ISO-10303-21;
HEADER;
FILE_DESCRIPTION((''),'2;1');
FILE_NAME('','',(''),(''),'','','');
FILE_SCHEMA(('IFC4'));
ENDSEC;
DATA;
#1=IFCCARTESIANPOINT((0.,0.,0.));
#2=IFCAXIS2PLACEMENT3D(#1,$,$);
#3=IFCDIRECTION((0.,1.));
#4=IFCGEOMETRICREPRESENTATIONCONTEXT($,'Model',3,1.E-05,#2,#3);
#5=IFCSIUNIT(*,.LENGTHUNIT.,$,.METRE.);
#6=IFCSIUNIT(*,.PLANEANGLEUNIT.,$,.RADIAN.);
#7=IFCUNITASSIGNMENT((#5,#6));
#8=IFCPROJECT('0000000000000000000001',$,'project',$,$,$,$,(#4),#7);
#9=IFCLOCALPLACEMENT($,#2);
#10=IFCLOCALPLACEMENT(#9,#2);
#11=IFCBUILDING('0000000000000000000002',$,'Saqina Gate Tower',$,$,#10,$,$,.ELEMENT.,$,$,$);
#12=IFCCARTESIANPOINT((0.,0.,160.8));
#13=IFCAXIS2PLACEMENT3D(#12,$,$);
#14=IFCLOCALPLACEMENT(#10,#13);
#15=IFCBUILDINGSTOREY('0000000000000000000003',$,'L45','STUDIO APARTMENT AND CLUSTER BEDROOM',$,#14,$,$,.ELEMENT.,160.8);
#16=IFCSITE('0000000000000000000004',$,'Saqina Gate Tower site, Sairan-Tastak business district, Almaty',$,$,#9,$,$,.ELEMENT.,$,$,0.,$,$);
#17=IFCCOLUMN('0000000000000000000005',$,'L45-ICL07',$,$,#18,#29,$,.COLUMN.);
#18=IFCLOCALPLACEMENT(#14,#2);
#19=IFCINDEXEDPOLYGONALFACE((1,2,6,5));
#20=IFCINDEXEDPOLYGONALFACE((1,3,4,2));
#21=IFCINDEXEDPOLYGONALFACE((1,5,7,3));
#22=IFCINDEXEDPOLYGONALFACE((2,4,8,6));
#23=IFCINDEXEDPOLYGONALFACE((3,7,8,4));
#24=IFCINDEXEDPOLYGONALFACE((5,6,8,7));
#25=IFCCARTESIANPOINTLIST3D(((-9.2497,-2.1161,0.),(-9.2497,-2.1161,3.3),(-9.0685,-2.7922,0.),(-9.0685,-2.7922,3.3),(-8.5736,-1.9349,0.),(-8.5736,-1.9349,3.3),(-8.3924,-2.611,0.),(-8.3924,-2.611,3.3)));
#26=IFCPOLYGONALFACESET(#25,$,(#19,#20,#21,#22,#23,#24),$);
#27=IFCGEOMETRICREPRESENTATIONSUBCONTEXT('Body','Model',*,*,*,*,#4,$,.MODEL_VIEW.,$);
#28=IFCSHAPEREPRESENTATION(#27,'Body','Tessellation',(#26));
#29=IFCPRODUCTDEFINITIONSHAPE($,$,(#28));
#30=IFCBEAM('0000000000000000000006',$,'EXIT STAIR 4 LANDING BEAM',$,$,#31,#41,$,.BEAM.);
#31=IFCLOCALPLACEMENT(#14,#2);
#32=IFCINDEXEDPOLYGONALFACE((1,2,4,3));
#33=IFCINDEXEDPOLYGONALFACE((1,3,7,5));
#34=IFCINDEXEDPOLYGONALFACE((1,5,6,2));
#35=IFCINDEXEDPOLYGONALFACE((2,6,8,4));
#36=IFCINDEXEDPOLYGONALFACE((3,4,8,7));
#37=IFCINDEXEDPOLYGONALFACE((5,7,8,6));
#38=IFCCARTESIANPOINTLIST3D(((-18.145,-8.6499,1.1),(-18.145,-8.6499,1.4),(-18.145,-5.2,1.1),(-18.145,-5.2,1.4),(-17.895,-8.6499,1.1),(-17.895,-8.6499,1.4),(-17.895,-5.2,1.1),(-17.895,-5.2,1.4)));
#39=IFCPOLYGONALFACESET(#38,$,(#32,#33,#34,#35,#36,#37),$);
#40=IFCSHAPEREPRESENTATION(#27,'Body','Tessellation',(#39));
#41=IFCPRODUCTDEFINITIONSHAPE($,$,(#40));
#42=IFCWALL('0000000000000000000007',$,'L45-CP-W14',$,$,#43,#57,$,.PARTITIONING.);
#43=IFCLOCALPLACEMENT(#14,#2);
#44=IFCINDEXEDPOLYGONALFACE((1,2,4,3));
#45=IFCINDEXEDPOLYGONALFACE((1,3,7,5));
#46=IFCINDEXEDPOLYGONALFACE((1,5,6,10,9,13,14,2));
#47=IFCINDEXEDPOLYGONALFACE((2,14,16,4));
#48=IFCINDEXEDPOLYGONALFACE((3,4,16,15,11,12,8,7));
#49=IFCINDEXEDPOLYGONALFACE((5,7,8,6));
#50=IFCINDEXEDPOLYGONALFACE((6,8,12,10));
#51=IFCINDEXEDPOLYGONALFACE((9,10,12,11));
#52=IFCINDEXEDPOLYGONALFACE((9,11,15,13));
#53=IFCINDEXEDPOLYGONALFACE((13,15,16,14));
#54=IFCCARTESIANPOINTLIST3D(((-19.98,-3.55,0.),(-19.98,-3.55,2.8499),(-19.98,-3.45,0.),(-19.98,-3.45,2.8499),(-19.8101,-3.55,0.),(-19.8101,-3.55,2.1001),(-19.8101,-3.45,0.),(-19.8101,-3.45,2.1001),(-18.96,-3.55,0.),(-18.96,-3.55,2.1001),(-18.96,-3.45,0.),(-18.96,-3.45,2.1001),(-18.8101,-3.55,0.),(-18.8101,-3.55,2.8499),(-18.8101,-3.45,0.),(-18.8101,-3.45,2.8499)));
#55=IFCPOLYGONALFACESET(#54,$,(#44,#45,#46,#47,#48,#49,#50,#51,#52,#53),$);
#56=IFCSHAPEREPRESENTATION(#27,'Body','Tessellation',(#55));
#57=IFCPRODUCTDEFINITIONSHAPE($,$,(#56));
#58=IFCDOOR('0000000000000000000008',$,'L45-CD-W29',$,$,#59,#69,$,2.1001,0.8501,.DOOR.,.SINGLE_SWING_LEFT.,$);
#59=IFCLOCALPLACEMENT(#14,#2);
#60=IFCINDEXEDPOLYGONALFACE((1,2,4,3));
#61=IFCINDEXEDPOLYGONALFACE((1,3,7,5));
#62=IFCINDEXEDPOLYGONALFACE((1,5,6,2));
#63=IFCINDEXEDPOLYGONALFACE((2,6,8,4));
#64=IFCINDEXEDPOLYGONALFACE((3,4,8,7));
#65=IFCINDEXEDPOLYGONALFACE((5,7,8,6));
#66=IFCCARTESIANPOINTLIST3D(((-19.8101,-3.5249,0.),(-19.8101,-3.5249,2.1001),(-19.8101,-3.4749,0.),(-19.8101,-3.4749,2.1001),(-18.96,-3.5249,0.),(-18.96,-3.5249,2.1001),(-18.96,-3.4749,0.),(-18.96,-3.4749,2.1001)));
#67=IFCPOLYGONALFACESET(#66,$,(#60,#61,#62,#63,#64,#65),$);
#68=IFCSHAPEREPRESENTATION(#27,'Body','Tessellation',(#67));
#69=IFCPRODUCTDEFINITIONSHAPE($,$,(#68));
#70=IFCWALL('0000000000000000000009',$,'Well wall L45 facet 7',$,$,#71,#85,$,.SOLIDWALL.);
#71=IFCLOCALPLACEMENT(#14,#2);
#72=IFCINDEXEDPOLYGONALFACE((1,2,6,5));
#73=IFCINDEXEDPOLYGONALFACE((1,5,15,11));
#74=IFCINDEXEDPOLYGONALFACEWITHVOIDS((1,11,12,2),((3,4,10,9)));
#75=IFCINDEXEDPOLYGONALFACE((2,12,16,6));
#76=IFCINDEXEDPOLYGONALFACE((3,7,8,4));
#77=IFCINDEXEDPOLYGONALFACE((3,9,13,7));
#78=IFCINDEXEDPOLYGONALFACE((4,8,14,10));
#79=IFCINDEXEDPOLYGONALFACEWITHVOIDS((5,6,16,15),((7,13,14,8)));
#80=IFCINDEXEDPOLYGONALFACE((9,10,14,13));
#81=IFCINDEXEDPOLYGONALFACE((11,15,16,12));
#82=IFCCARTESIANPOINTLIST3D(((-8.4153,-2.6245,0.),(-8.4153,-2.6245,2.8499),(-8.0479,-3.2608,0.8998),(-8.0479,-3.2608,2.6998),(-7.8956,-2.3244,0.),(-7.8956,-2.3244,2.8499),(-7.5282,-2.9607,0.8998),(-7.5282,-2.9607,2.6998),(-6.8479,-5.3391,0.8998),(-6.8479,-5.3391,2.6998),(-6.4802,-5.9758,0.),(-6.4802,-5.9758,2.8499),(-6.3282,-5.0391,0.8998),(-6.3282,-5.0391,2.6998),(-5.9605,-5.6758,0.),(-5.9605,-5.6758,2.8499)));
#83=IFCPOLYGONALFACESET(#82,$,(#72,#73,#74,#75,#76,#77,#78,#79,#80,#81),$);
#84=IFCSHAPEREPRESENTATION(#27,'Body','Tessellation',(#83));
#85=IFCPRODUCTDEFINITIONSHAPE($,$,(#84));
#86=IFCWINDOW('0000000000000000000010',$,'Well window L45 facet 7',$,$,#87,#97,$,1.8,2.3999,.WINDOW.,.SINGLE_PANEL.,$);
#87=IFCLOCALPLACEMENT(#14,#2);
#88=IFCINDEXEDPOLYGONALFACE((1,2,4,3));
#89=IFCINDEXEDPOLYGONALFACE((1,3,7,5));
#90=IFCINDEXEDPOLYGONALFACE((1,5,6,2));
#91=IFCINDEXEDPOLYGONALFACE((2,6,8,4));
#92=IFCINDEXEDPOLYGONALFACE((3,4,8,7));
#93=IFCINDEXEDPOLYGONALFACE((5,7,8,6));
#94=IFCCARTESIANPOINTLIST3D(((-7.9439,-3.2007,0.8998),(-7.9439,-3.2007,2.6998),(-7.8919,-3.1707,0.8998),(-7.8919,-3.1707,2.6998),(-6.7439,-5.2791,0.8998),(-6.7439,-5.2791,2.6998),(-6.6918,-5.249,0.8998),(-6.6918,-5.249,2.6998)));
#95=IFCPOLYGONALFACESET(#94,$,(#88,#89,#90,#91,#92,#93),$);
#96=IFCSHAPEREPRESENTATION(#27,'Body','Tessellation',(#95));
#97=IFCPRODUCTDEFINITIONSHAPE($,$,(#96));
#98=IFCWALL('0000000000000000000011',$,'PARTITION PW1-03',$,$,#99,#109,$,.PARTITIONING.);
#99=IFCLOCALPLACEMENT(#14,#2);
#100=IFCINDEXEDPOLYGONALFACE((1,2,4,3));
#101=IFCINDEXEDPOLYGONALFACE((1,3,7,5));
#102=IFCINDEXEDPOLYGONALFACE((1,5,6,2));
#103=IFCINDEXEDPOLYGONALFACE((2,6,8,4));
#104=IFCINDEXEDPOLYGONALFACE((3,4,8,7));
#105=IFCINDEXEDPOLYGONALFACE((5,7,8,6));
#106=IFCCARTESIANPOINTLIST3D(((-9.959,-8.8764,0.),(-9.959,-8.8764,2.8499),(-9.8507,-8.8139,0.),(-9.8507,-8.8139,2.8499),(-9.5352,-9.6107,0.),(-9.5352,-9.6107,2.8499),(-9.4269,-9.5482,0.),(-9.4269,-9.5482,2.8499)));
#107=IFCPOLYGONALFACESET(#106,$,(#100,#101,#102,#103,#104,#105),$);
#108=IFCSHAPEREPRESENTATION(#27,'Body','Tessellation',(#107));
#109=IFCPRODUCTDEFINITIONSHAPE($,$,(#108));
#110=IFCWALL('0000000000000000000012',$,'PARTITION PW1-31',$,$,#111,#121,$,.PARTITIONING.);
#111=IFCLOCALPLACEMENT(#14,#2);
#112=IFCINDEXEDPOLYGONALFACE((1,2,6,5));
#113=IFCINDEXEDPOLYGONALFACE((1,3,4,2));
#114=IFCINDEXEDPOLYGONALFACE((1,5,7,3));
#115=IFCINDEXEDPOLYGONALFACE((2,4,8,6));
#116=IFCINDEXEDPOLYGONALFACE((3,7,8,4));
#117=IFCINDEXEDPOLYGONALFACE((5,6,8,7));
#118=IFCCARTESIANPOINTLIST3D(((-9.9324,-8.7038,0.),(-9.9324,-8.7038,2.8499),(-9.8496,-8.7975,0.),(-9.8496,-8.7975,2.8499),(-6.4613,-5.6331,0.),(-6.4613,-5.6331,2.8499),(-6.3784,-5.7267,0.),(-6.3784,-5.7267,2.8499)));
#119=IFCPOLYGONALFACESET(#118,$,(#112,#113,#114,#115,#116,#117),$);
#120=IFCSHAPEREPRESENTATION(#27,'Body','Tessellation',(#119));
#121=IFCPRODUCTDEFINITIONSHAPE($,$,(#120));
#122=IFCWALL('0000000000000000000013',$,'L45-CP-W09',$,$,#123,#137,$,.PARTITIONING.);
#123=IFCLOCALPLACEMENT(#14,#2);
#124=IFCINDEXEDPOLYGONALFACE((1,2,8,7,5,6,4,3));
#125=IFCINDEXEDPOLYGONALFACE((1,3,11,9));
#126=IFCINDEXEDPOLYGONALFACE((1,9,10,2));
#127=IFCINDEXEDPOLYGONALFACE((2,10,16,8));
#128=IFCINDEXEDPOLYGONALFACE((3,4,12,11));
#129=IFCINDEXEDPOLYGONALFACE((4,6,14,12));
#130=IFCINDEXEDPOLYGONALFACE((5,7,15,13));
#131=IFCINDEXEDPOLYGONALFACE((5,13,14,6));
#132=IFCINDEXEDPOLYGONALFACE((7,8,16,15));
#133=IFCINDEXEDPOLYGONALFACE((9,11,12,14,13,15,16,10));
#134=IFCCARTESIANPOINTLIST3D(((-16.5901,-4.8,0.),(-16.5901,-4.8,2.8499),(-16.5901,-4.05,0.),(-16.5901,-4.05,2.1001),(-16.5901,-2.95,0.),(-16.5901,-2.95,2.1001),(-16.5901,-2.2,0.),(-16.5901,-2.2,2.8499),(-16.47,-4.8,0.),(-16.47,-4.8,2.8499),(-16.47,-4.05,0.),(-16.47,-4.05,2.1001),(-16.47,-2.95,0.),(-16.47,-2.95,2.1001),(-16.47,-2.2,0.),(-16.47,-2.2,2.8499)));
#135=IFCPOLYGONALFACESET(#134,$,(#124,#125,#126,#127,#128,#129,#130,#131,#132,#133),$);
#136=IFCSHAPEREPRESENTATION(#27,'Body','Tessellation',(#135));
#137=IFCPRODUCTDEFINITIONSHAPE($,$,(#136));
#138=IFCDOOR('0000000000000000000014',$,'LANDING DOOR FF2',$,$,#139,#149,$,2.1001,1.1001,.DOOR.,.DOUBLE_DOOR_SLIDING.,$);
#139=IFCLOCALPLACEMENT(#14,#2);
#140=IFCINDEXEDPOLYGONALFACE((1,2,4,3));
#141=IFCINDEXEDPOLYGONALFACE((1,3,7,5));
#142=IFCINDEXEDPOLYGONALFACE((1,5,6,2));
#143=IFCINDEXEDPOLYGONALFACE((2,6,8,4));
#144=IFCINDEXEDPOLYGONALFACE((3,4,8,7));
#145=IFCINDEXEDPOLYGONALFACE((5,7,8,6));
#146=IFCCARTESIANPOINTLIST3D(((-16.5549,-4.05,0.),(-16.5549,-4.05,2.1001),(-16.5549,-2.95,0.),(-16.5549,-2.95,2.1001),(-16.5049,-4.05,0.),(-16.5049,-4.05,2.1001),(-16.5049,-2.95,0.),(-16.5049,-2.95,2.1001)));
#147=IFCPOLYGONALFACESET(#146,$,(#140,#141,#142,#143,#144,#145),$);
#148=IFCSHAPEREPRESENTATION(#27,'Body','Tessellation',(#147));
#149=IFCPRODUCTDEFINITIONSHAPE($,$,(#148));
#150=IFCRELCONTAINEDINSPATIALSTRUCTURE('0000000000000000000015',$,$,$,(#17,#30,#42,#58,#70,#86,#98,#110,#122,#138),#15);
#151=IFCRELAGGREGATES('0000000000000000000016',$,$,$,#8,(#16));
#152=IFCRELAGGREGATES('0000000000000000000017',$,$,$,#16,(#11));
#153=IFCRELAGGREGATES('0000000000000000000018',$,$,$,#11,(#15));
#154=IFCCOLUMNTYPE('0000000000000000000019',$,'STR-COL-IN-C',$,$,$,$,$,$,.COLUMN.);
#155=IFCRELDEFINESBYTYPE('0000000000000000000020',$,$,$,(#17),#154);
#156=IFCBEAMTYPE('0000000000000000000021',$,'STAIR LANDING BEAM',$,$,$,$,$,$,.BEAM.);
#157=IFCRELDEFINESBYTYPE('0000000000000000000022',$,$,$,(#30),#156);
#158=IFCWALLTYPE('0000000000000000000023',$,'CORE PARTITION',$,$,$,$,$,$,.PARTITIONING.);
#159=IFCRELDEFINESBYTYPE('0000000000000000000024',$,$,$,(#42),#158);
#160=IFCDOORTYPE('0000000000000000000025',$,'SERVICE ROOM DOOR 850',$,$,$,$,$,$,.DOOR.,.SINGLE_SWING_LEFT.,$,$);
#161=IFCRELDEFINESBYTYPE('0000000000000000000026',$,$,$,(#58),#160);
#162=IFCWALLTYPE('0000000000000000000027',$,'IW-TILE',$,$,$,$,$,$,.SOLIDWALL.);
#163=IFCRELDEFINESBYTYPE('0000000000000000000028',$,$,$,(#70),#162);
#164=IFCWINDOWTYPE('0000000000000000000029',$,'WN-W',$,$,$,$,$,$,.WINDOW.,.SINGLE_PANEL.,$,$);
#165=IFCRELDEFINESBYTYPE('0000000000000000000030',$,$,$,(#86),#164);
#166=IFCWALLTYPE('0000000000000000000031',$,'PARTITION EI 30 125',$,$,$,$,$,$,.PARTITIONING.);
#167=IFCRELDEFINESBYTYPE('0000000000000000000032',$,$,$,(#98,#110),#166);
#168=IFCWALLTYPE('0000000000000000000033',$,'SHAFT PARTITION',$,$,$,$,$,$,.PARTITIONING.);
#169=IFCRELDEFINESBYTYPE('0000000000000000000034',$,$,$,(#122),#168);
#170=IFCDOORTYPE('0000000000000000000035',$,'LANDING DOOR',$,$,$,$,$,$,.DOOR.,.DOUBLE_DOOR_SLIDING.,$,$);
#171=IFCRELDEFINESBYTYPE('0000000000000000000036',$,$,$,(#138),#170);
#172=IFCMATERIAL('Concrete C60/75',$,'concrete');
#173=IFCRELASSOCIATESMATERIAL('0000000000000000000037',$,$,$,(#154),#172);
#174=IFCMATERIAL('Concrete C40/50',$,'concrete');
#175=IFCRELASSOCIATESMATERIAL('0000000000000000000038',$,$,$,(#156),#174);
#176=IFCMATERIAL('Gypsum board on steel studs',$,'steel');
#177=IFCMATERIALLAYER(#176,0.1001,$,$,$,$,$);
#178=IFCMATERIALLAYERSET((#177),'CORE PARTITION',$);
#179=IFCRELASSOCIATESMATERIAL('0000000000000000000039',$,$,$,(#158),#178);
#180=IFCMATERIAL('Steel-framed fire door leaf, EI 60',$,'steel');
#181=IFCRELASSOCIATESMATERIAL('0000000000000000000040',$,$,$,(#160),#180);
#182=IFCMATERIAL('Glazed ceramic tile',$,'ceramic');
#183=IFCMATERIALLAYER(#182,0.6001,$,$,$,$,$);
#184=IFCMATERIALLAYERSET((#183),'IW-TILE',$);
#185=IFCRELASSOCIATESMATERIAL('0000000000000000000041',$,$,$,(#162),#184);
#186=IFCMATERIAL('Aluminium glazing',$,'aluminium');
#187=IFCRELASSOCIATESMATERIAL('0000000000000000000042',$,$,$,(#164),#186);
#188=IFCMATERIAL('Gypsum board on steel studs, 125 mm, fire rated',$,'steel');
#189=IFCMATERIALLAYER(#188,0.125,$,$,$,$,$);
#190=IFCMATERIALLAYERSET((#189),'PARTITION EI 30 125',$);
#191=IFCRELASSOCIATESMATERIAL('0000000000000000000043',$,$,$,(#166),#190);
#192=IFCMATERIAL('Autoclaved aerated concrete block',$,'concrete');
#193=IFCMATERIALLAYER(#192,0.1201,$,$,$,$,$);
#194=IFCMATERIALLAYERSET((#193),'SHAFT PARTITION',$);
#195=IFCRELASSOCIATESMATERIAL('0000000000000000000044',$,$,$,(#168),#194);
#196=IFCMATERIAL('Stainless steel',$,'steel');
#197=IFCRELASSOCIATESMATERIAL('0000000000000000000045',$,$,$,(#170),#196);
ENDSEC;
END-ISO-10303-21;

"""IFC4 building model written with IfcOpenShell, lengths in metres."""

from ifc_helpers import new_model, si_unit, direction, frame, frame_2d, origin, origin_2d, place, context, subcontext, project, spatial, rectangle, extrude, material, layer, layer_set, material_profile, profile_set, type_object, element, fill, save


model = new_model("IFC4")

# Units and contexts
model_context = context("Model", 3, precision=1e-05, world=origin(), true_north=direction((0.0, 1.0)))
body_context = subcontext(model_context, "Body", "Model", "MODEL_VIEW")
ifc_project = project(units=[si_unit("LENGTHUNIT", "METRE"), si_unit("PLANEANGLEUNIT", "RADIAN")], contexts=[model_context])

# Site, building, storey
site_placement = place(None, origin())
site = spatial("IfcSite", under=ifc_project, at=site_placement, Name="Saqina Gate Tower site, Sairan-Tastak business district, Almaty", CompositionType="ELEMENT", RefElevation=0.0)
building_placement = place(site_placement, origin())
building = spatial("IfcBuilding", under=site, at=building_placement, Name="Saqina Gate Tower", CompositionType="ELEMENT")
storey_placement = place(building_placement, frame((0.0, 0.0, 160.8)))
storey = spatial("IfcBuildingStorey", under=building, at=storey_placement, Name="L45", Description="STUDIO APARTMENT AND CLUSTER BEDROOM", CompositionType="ELEMENT", Elevation=160.8)

# Column
ifc_material_1 = material(Name="Concrete C60/75", Category="concrete")
ifc_material_profile_1 = material_profile(ifc_material_1, rectangle(XDim=0.7, YDim=0.7, at=origin_2d()), Name="RC 700x700")
ifc_profile_set_1 = profile_set([ifc_material_profile_1], Name="Concrete C60/75")
column_type = type_object("IfcColumnType", Name="STR-COL-IN-C", PredefinedType="COLUMN", material=ifc_profile_set_1)
column_placement = place(storey_placement, frame((-8.821, -2.3635, 0.0), z_axis=(0.0, 0.0, 1.0), x_axis=(-0.965926, -0.258819, 0.0)))
element("IfcColumn", 1, at=column_placement, inside=storey, type_object=column_type, Name="L45-ICL07", PredefinedType="COLUMN", context=body_context, shape_type="SweptSolid", body=[
    extrude(rectangle(XDim=0.7, YDim=0.7, at=origin_2d()), origin(), (0.0, 0.0, 1.0), 3.3),
])

# Beam
ifc_material_2 = material(Name="Concrete C40/50", Category="concrete")
ifc_material_profile_2 = material_profile(ifc_material_2, rectangle(XDim=0.25, YDim=0.3, at=origin_2d()), Name="STAIR LANDING BEAM")
ifc_profile_set_2 = profile_set([ifc_material_profile_2], Name="Concrete C40/50")
beam_type = type_object("IfcBeamType", Name="STAIR LANDING BEAM", PredefinedType="BEAM", material=ifc_profile_set_2)
beam_placement = place(storey_placement, frame((-18.02, -8.6499, 1.25), z_axis=(0.0, 1.0, 0.0), x_axis=(-1.0, 0.0, 0.0)))
element("IfcBeam", 2, at=beam_placement, inside=storey, type_object=beam_type, Name="EXIT STAIR 4 LANDING BEAM", PredefinedType="BEAM", context=body_context, shape_type="SweptSolid", body=[
    extrude(rectangle(XDim=0.25, YDim=0.3, at=origin_2d()), origin(), (0.0, 0.0, 1.0), 3.45),
])

# Wall, opening, door
ifc_material_3 = material(Name="Gypsum board on steel studs", Category="steel")
ifc_layer_1 = layer(ifc_material_3, 0.1001)
ifc_layer_set_1 = layer_set([ifc_layer_1], Name="CORE PARTITION")
wall_type_1 = type_object("IfcWallType", Name="CORE PARTITION", PredefinedType="PARTITIONING", material=ifc_layer_set_1)
wall_1_placement = place(storey_placement, frame((-18.8101, -3.5, 0.0), z_axis=(0.0, 0.0, 1.0), x_axis=(-1.0, 0.0, 0.0)))
wall_1 = element("IfcWall", 3, at=wall_1_placement, inside=storey, type_object=wall_type_1, Name="L45-CP-W14", PredefinedType="PARTITIONING", context=body_context, shape_type="SweptSolid", body=[
    extrude(rectangle(XDim=1.1699, YDim=0.1001, at=frame_2d((0.585, 0.0))), origin(), (0.0, 0.0, 1.0), 2.8499),
])
opening_1_placement = place(wall_1_placement, frame((0.1499, 0.0, 0.0)))
opening_1 = element("IfcOpeningElement", 4, at=opening_1_placement, cuts=wall_1, PredefinedType="OPENING", context=body_context, shape_type="SweptSolid", body=[
    extrude(rectangle(XDim=0.8501, YDim=2.1001, at=frame_2d((0.425, 1.05))), frame((0.0, 0.062, 0.0), z_axis=(0.0, -1.0, 0.0), x_axis=(1.0, 0.0, 0.0)), (0.0, 0.0, 1.0), 0.124),
])
ifc_material_4 = material(Name="Steel-framed fire door leaf, EI 60", Category="steel")
door_type_1 = type_object("IfcDoorType", Name="SERVICE ROOM DOOR 850", OperationType="SINGLE_SWING_LEFT", PredefinedType="DOOR", material=ifc_material_4)
door_1_placement = place(opening_1_placement, origin())
door_1 = element("IfcDoor", 5, at=door_1_placement, inside=storey, type_object=door_type_1, Name="L45-CD-W29", OperationType="SINGLE_SWING_LEFT", OverallHeight=2.1001, OverallWidth=0.8501, PredefinedType="DOOR", context=body_context, shape_type="SweptSolid", body=[
    extrude(rectangle(XDim=0.8501, YDim=2.1001, at=frame_2d((0.425, 1.05))), frame((0.0, 0.0249, 0.0), z_axis=(0.0, -1.0, 0.0), x_axis=(1.0, 0.0, 0.0)), (0.0, 0.0, 1.0), 0.05),
])
fill(opening_1, door_1)

# Wall, opening, window
ifc_material_5 = material(Name="Glazed ceramic tile", Category="ceramic")
ifc_layer_2 = layer(ifc_material_5, 0.6001)
ifc_layer_set_2 = layer_set([ifc_layer_2], Name="IW-TILE")
wall_type_2 = type_object("IfcWallType", Name="IW-TILE", PredefinedType="SOLIDWALL", material=ifc_layer_set_2)
wall_2_placement = place(storey_placement, frame((-8.1555, -2.4744, 0.0), z_axis=(0.0, 0.0, 1.0), x_axis=(0.500034, -0.866006, 0.0)))
wall_2 = element("IfcWall", 6, at=wall_2_placement, inside=storey, type_object=wall_type_2, Name="Well wall L45 facet 7", PredefinedType="SOLIDWALL", context=body_context, shape_type="SweptSolid", body=[
    extrude(rectangle(XDim=3.8699, YDim=0.6001, at=frame_2d((1.9351, 0.0))), origin(), (0.0, 0.0, 1.0), 2.8499),
])
opening_2_placement = place(wall_2_placement, frame((0.7349, 0.0, 0.8999)))
opening_2 = element("IfcOpeningElement", 7, at=opening_2_placement, cuts=wall_2, PredefinedType="OPENING", context=body_context, shape_type="SweptSolid", body=[
    extrude(rectangle(XDim=2.3999, YDim=1.8, at=frame_2d((1.2, 0.8999))), frame((0.0, 0.312, 0.0), z_axis=(0.0, -1.0, 0.0), x_axis=(1.0, 0.0, 0.0)), (0.0, 0.0, 1.0), 0.624),
])
ifc_material_6 = material(Name="Aluminium glazing", Category="aluminium")
window_type = type_object("IfcWindowType", Name="WN-W", PartitioningType="SINGLE_PANEL", PredefinedType="WINDOW", material=ifc_material_6)
window_placement = place(opening_2_placement, origin())
window = element("IfcWindow", 8, at=window_placement, inside=storey, type_object=window_type, Name="Well window L45 facet 7", OverallHeight=1.8, OverallWidth=2.3999, PartitioningType="SINGLE_PANEL", PredefinedType="WINDOW", context=body_context, shape_type="SweptSolid", body=[
    extrude(rectangle(XDim=2.3999, YDim=1.8, at=frame_2d((1.2, 0.8999))), frame((0.0, -0.1199, 0.0), z_axis=(0.0, -1.0, 0.0), x_axis=(1.0, 0.0, 0.0)), (0.0, 0.0, 1.0), 0.0601),
])
fill(opening_2, window)

# Walls
ifc_material_7 = material(Name="Gypsum board on steel studs, 125 mm, fire rated", Category="steel")
ifc_layer_3 = layer(ifc_material_7, 0.125)
ifc_layer_set_3 = layer_set([ifc_layer_3], Name="PARTITION EI 30 125")
wall_type_3 = type_object("IfcWallType", Name="PARTITION EI 30 125", PredefinedType="PARTITIONING", material=ifc_layer_set_3)
wall_3_placement = place(storey_placement, frame((-9.9048, -8.8452, 0.0), z_axis=(0.0, 0.0, 1.0), x_axis=(0.499855, -0.866109, 0.0)))
element("IfcWall", 9, at=wall_3_placement, inside=storey, type_object=wall_type_3, Name="PARTITION PW1-03", PredefinedType="PARTITIONING", context=body_context, shape_type="SweptSolid", body=[
    extrude(rectangle(XDim=0.8479, YDim=0.125, at=frame_2d((0.4238, 0.0))), origin(), (0.0, 0.0, 1.0), 2.8499),
])
wall_4_placement = place(storey_placement, frame((-9.8911, -8.7507, 0.0), z_axis=(0.0, 0.0, 1.0), x_axis=(0.748982, 0.66259, 0.0)))
element("IfcWall", 10, at=wall_4_placement, inside=storey, type_object=wall_type_3, Name="PARTITION PW1-31", PredefinedType="PARTITIONING", context=body_context, shape_type="SweptSolid", body=[
    extrude(rectangle(XDim=4.6345, YDim=0.125, at=frame_2d((2.3174, 0.0))), origin(), (0.0, 0.0, 1.0), 2.8499),
])

# Wall, opening, door
ifc_material_8 = material(Name="Autoclaved aerated concrete block", Category="concrete")
ifc_layer_4 = layer(ifc_material_8, 0.1201)
ifc_layer_set_4 = layer_set([ifc_layer_4], Name="SHAFT PARTITION")
wall_type_4 = type_object("IfcWallType", Name="SHAFT PARTITION", PredefinedType="PARTITIONING", material=ifc_layer_set_4)
wall_5_placement = place(storey_placement, frame((-16.53, -4.8, 0.0), z_axis=(0.0, 0.0, 1.0), x_axis=(0.0, 1.0, 0.0)))
wall_5 = element("IfcWall", 11, at=wall_5_placement, inside=storey, type_object=wall_type_4, Name="L45-CP-W09", PredefinedType="PARTITIONING", context=body_context, shape_type="SweptSolid", body=[
    extrude(rectangle(XDim=2.6001, YDim=0.1201, at=frame_2d((1.3, 0.0))), origin(), (0.0, 0.0, 1.0), 2.8499),
])
opening_3_placement = place(wall_5_placement, frame((0.75, 0.0, 0.0)))
opening_3 = element("IfcOpeningElement", 12, at=opening_3_placement, cuts=wall_5, PredefinedType="OPENING", context=body_context, shape_type="SweptSolid", body=[
    extrude(rectangle(XDim=1.1001, YDim=2.1001, at=frame_2d((0.55, 1.05))), frame((0.0, 0.072, 0.0), z_axis=(0.0, -1.0, 0.0), x_axis=(1.0, 0.0, 0.0)), (0.0, 0.0, 1.0), 0.144),
])
ifc_material_9 = material(Name="Stainless steel", Category="steel")
door_type_2 = type_object("IfcDoorType", Name="LANDING DOOR", OperationType="DOUBLE_DOOR_SLIDING", PredefinedType="DOOR", material=ifc_material_9)
door_2_placement = place(opening_3_placement, origin())
door_2 = element("IfcDoor", 13, at=door_2_placement, inside=storey, type_object=door_type_2, Name="LANDING DOOR FF2", OperationType="DOUBLE_DOOR_SLIDING", OverallHeight=2.1001, OverallWidth=1.1001, PredefinedType="DOOR", context=body_context, shape_type="SweptSolid", body=[
    extrude(rectangle(XDim=1.1001, YDim=2.1001, at=frame_2d((0.55, 1.05))), frame((0.0, 0.0249, 0.0), z_axis=(0.0, -1.0, 0.0), x_axis=(1.0, 0.0, 0.0)), (0.0, 0.0, 1.0), 0.05),
])
fill(opening_3, door_2)

save(model, "model.ifc")
